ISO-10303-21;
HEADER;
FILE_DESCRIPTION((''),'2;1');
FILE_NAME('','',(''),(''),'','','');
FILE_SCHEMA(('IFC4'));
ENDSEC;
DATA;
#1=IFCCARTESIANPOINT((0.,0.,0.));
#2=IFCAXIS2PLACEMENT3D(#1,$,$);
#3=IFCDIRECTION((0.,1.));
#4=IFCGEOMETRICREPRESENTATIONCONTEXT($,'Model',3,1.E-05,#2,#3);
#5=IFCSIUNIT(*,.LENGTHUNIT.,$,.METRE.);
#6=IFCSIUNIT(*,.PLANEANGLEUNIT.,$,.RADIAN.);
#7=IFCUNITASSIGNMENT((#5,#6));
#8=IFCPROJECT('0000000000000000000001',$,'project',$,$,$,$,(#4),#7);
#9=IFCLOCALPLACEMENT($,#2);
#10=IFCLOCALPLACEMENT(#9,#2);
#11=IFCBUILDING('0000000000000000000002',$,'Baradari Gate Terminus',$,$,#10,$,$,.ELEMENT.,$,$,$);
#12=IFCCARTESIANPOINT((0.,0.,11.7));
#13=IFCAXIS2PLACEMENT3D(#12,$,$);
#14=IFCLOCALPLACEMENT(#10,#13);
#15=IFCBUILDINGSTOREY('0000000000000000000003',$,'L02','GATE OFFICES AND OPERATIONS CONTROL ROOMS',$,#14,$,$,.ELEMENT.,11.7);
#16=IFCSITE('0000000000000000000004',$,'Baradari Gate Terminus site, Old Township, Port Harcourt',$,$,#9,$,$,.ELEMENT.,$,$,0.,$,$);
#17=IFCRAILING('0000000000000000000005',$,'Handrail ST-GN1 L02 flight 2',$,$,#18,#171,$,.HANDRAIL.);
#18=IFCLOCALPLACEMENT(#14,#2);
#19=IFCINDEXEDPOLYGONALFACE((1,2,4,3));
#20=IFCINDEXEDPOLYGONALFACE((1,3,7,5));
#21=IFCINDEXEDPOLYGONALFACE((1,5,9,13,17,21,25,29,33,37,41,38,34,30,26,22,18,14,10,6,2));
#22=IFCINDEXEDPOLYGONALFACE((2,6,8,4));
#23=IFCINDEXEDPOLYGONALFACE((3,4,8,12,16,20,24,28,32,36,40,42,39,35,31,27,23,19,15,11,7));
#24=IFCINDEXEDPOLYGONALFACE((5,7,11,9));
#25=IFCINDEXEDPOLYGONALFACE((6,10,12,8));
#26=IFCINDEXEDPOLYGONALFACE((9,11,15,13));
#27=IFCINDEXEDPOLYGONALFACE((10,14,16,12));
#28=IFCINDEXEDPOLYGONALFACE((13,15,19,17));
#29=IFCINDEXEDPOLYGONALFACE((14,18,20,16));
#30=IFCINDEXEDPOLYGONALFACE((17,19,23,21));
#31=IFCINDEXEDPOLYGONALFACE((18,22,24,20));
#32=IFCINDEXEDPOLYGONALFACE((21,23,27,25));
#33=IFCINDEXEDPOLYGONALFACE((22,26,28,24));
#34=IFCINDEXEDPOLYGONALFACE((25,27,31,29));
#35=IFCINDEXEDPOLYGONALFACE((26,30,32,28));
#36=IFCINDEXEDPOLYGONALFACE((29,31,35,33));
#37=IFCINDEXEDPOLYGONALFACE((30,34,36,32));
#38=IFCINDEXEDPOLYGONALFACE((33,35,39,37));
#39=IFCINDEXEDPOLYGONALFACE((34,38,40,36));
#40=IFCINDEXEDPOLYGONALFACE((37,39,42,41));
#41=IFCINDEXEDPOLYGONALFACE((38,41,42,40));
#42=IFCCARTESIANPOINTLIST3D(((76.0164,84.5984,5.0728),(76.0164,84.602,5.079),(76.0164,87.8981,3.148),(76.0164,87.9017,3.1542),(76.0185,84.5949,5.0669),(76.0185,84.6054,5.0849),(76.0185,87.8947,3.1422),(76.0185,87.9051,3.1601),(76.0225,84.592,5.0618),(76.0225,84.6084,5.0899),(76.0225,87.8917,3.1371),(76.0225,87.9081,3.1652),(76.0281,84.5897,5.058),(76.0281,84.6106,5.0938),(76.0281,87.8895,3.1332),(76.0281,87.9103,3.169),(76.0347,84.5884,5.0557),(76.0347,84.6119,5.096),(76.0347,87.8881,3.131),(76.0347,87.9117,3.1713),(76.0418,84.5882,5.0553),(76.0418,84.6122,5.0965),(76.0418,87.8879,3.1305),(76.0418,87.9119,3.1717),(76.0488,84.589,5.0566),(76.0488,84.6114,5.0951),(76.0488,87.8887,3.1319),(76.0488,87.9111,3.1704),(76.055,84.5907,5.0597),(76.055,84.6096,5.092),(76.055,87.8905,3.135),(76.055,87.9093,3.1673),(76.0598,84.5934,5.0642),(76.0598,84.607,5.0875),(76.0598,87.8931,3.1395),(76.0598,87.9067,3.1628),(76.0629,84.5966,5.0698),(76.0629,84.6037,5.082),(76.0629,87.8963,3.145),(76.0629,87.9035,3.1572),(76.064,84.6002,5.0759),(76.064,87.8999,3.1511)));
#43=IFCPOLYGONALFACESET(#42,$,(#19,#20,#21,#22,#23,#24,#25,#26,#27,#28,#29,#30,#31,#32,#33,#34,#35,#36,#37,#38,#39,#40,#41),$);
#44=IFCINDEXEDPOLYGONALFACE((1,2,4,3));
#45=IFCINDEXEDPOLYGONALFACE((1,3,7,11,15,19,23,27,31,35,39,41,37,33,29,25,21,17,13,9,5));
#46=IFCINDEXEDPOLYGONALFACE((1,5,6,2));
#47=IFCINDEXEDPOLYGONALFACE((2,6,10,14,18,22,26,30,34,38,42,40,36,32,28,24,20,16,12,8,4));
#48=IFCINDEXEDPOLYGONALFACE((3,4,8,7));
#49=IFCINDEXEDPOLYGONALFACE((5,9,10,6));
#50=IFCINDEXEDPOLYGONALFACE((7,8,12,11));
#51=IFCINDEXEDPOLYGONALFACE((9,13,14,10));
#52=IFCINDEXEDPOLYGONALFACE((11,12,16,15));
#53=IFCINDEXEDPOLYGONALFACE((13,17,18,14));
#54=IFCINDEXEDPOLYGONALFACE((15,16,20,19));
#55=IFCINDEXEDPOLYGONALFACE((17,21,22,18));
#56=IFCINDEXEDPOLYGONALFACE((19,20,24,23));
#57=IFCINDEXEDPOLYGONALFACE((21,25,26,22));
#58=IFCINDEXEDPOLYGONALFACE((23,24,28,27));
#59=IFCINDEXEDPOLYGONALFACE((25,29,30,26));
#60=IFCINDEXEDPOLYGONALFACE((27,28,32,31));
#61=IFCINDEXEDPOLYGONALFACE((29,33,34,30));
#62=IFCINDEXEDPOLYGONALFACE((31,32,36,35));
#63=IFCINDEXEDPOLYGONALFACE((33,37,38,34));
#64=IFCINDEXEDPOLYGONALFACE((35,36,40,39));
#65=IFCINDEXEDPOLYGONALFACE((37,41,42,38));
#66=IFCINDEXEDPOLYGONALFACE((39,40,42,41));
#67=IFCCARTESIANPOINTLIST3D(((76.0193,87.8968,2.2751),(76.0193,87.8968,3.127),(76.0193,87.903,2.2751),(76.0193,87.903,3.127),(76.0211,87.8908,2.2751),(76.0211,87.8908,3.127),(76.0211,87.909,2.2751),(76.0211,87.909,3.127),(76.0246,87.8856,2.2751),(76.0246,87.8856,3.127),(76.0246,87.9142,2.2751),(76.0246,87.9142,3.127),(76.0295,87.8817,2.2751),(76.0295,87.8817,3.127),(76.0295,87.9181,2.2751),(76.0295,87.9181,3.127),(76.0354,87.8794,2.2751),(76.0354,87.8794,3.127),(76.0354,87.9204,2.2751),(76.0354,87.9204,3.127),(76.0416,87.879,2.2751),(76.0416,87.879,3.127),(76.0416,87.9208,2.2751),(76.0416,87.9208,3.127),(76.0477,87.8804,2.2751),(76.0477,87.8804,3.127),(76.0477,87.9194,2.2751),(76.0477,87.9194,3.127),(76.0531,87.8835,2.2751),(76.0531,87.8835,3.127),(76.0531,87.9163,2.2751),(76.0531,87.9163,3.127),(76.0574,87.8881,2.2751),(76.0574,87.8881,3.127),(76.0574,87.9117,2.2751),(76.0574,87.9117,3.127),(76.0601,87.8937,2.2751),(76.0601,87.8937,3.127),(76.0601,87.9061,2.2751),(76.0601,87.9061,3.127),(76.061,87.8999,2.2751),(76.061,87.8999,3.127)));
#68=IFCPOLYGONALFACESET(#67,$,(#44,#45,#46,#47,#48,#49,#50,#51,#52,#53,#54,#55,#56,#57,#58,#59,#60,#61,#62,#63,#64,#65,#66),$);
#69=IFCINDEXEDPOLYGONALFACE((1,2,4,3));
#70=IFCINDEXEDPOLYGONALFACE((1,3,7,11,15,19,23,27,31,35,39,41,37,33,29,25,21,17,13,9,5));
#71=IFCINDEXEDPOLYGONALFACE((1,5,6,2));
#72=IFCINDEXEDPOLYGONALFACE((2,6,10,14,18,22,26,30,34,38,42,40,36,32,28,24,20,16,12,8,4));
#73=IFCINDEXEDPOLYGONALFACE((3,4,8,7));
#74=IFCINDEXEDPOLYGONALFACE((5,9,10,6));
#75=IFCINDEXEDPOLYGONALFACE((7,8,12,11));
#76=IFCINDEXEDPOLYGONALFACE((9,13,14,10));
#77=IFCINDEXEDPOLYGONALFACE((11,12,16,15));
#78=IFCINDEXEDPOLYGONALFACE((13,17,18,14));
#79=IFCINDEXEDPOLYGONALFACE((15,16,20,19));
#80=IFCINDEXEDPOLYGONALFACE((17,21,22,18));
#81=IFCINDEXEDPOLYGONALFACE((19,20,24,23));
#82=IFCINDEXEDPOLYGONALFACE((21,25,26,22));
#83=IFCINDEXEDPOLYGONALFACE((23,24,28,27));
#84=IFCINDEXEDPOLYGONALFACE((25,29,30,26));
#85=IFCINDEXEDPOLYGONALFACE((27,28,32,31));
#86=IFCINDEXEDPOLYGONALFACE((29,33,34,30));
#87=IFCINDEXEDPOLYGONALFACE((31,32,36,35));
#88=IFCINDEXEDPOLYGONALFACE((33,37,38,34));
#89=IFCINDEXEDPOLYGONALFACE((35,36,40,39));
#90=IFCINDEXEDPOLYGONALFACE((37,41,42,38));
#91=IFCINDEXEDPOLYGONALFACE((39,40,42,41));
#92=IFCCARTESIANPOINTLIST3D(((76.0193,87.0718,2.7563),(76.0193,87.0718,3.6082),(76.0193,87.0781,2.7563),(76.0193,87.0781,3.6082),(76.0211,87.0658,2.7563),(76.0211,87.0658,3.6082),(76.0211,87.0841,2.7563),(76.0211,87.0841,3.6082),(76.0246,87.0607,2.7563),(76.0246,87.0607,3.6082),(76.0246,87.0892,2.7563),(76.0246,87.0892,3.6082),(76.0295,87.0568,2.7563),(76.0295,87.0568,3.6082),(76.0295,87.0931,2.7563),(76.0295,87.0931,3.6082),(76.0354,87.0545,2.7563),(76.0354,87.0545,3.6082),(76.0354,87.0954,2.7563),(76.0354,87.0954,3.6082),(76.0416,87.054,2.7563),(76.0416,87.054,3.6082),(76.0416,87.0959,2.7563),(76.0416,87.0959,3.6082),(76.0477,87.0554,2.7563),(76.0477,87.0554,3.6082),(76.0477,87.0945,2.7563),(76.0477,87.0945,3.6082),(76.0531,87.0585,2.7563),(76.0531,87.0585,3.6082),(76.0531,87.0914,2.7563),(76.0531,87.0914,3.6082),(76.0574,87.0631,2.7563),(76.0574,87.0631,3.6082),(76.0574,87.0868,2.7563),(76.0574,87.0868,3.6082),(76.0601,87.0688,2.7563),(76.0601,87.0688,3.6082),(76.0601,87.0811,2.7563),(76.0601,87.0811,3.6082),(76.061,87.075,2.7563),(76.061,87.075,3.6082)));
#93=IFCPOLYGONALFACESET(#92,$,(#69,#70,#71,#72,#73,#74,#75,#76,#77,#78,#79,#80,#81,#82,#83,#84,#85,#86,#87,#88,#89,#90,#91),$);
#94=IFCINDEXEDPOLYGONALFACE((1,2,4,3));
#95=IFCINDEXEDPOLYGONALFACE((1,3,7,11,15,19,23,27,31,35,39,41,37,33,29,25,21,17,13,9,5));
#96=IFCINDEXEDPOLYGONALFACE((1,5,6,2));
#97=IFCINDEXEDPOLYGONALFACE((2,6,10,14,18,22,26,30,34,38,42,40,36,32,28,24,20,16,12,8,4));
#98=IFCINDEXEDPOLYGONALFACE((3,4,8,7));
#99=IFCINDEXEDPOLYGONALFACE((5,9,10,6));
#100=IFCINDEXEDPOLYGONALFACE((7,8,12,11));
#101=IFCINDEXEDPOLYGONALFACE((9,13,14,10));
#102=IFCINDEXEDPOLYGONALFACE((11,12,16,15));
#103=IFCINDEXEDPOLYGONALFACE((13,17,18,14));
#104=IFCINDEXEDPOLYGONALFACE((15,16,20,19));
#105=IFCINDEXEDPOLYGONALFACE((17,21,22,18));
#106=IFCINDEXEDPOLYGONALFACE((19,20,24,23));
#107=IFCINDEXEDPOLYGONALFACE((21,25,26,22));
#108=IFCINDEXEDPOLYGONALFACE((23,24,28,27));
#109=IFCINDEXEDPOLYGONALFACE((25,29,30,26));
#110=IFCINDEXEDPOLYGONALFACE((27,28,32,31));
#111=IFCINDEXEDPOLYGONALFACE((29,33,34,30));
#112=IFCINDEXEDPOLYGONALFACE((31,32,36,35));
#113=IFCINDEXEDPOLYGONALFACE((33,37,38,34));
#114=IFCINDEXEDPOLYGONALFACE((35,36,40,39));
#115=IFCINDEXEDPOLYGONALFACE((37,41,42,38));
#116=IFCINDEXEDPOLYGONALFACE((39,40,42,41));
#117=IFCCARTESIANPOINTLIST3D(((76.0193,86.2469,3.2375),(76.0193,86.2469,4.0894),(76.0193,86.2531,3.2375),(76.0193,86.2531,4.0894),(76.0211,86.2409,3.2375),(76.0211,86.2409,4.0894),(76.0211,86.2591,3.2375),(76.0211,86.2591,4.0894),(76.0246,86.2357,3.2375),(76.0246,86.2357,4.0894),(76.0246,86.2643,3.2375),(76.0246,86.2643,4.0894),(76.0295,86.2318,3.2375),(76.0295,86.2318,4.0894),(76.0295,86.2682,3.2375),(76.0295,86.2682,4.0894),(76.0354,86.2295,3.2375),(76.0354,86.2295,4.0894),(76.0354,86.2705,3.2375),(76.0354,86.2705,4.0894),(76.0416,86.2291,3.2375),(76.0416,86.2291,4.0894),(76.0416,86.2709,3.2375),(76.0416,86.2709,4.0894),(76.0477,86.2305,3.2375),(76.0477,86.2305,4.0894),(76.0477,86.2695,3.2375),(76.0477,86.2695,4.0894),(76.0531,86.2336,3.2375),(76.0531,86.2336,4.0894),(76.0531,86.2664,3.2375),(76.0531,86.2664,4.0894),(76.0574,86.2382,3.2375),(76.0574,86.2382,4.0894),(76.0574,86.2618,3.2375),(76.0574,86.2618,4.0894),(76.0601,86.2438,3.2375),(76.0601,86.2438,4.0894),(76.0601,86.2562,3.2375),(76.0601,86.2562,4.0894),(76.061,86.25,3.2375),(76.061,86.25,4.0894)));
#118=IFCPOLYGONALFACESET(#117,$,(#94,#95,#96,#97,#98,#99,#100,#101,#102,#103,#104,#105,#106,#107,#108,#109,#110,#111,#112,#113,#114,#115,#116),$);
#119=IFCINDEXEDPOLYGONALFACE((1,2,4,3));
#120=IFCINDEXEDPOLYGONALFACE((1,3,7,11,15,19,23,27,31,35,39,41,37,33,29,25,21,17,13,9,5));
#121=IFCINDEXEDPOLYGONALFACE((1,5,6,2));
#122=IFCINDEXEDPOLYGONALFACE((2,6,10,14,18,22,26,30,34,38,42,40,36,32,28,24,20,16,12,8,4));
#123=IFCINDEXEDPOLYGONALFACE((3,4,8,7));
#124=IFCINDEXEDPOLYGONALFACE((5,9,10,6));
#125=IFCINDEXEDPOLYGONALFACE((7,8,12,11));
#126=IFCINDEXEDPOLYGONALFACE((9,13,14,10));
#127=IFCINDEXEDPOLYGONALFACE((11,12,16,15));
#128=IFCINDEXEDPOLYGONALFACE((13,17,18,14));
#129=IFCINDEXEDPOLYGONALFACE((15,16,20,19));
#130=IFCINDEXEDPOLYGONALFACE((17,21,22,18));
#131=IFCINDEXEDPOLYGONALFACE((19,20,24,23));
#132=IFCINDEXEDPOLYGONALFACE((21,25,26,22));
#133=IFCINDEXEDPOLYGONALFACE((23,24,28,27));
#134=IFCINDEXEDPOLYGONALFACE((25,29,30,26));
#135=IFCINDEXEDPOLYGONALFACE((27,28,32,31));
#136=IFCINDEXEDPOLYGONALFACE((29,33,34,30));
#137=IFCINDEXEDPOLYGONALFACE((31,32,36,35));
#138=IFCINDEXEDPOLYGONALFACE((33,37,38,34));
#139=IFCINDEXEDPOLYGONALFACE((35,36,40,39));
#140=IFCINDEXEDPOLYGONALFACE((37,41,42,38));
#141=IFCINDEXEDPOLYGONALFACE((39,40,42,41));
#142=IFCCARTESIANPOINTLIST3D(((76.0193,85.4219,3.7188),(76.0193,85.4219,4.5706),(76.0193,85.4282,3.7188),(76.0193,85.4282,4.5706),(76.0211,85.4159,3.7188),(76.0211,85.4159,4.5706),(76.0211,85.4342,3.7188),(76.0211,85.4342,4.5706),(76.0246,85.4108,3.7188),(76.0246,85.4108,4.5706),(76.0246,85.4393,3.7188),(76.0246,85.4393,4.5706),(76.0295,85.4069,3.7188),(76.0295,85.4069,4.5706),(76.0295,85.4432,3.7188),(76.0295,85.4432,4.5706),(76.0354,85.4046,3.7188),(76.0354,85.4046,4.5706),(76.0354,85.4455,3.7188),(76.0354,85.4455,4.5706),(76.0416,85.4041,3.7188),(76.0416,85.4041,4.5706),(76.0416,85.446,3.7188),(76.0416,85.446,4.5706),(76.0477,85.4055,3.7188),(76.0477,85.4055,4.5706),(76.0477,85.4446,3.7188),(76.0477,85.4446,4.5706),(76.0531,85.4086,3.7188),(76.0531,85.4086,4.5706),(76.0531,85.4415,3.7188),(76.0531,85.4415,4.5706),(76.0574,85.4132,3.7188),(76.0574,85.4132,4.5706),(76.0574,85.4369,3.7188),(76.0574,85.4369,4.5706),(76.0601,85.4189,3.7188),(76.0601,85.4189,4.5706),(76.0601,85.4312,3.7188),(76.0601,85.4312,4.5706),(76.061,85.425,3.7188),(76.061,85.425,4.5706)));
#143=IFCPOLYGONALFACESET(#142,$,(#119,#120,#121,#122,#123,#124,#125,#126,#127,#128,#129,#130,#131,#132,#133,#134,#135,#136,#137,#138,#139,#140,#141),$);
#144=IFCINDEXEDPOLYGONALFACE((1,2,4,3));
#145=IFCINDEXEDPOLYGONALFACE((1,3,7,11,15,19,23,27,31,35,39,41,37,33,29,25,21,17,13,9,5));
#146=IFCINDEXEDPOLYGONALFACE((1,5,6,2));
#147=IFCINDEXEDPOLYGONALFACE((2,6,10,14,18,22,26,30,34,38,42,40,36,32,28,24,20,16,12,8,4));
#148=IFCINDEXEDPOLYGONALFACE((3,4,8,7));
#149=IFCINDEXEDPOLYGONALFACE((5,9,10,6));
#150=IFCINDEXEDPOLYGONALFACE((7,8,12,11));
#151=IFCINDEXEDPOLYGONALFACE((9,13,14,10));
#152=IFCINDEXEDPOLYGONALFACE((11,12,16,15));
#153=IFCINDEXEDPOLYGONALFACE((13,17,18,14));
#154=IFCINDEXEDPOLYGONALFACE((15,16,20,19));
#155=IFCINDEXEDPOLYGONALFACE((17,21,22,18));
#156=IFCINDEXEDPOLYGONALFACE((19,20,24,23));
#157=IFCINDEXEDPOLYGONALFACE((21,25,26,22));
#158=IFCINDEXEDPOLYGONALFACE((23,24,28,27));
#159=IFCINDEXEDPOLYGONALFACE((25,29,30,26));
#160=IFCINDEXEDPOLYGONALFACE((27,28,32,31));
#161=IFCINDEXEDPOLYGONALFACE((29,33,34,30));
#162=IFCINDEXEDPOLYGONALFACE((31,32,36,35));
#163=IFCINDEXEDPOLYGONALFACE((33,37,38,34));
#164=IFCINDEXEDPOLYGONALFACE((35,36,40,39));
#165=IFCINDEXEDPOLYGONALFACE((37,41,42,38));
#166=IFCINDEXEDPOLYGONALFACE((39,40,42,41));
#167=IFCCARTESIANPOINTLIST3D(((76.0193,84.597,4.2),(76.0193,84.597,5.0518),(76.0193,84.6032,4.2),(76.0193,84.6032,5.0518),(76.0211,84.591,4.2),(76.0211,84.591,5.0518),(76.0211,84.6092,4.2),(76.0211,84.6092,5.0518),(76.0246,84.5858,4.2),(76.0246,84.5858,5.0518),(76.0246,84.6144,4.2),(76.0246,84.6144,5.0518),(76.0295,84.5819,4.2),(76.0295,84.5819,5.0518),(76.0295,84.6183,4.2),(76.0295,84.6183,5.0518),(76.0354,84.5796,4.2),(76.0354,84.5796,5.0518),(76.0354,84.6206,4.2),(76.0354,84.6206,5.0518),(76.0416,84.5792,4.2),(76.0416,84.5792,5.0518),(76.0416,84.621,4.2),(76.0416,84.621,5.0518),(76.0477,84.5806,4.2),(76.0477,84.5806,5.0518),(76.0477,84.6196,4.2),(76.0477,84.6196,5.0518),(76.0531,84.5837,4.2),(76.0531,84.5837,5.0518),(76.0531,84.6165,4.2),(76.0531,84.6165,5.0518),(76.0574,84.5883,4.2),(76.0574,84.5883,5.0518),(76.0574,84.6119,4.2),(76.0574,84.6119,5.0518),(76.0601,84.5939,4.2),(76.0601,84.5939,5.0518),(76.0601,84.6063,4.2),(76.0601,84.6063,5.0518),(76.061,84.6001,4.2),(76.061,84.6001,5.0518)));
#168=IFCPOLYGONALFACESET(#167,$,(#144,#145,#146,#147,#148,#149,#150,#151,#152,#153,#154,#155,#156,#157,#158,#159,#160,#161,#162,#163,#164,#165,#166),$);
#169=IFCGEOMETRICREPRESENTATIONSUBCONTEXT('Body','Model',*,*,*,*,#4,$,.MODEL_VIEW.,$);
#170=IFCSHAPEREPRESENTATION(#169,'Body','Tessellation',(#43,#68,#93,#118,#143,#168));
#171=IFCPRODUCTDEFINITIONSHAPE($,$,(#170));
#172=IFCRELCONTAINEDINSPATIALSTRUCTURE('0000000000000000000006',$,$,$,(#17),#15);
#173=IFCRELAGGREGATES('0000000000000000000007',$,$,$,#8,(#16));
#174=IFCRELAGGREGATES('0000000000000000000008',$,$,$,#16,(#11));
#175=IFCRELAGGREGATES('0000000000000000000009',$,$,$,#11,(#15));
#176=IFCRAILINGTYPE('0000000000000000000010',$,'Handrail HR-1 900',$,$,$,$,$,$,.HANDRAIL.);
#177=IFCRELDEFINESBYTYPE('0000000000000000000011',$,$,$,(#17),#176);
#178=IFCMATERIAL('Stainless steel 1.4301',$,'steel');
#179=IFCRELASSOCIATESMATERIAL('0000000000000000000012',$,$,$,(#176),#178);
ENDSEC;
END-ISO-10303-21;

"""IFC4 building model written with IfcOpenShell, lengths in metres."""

from ifc_helpers import new_model, si_unit, direction, frame, origin, origin_2d, place, context, subcontext, project, spatial, circle, extrude, material, type_object, element, save


model = new_model("IFC4")

# Units and contexts
model_context = context("Model", 3, precision=1e-05, world=origin(), true_north=direction((0.0, 1.0)))
body_context = subcontext(model_context, "Body", "Model", "MODEL_VIEW")
ifc_project = project(units=[si_unit("LENGTHUNIT", "METRE"), si_unit("PLANEANGLEUNIT", "RADIAN")], contexts=[model_context])

# Site, building, storey
site_placement = place(None, origin())
site = spatial("IfcSite", under=ifc_project, at=site_placement, Name="Baradari Gate Terminus site, Old Township, Port Harcourt", CompositionType="ELEMENT", RefElevation=0.0)
building_placement = place(site_placement, origin())
building = spatial("IfcBuilding", under=site, at=building_placement, Name="Baradari Gate Terminus", CompositionType="ELEMENT")
storey_placement = place(building_placement, frame((0.0, 0.0, 11.7)))
storey = spatial("IfcBuildingStorey", under=building, at=storey_placement, Name="L02", Description="GATE OFFICES AND OPERATIONS CONTROL ROOMS", CompositionType="ELEMENT", Elevation=11.7)

# Railing
ifc_material_1 = material(Name="Stainless steel 1.4301", Category="steel")
railing_type = type_object("IfcRailingType", Name="Handrail HR-1 900", PredefinedType="HANDRAIL", material=ifc_material_1)
for number, where, name in (
    (1, (76.04, 87.8999, 2.2751), "Handrail ST-GN1 L02 flight 2"),
):
    element("IfcRailing", number, at=place(storey_placement, frame(where)), inside=storey, type_object=railing_type, Name=name, PredefinedType="HANDRAIL", context=body_context, shape_type="SweptSolid", body=[
        extrude(circle(Radius=0.0239, at=origin_2d()), frame((0.0, 0.0, 0.876), z_axis=(0.0, -0.863788, 0.503855), x_axis=(1.0, 0.0, 0.0)), (0.0, 0.0, 1.0), 3.8201),
        extrude(circle(Radius=0.021, at=origin_2d()), origin(), (0.0, 0.0, 1.0), 0.8518),
        extrude(circle(Radius=0.021, at=origin_2d()), frame((0.0, -0.825, 0.4812)), (0.0, 0.0, 1.0), 0.8518),
        extrude(circle(Radius=0.021, at=origin_2d()), frame((0.0, -1.6499, 0.9624)), (0.0, 0.0, 1.0), 0.8518),
        extrude(circle(Radius=0.021, at=origin_2d()), frame((0.0, -2.4749, 1.4436)), (0.0, 0.0, 1.0), 0.8518),
        extrude(circle(Radius=0.021, at=origin_2d()), frame((0.0, -3.2998, 1.9248)), (0.0, 0.0, 1.0), 0.8518),
    ])

save(model, "model.ifc")
